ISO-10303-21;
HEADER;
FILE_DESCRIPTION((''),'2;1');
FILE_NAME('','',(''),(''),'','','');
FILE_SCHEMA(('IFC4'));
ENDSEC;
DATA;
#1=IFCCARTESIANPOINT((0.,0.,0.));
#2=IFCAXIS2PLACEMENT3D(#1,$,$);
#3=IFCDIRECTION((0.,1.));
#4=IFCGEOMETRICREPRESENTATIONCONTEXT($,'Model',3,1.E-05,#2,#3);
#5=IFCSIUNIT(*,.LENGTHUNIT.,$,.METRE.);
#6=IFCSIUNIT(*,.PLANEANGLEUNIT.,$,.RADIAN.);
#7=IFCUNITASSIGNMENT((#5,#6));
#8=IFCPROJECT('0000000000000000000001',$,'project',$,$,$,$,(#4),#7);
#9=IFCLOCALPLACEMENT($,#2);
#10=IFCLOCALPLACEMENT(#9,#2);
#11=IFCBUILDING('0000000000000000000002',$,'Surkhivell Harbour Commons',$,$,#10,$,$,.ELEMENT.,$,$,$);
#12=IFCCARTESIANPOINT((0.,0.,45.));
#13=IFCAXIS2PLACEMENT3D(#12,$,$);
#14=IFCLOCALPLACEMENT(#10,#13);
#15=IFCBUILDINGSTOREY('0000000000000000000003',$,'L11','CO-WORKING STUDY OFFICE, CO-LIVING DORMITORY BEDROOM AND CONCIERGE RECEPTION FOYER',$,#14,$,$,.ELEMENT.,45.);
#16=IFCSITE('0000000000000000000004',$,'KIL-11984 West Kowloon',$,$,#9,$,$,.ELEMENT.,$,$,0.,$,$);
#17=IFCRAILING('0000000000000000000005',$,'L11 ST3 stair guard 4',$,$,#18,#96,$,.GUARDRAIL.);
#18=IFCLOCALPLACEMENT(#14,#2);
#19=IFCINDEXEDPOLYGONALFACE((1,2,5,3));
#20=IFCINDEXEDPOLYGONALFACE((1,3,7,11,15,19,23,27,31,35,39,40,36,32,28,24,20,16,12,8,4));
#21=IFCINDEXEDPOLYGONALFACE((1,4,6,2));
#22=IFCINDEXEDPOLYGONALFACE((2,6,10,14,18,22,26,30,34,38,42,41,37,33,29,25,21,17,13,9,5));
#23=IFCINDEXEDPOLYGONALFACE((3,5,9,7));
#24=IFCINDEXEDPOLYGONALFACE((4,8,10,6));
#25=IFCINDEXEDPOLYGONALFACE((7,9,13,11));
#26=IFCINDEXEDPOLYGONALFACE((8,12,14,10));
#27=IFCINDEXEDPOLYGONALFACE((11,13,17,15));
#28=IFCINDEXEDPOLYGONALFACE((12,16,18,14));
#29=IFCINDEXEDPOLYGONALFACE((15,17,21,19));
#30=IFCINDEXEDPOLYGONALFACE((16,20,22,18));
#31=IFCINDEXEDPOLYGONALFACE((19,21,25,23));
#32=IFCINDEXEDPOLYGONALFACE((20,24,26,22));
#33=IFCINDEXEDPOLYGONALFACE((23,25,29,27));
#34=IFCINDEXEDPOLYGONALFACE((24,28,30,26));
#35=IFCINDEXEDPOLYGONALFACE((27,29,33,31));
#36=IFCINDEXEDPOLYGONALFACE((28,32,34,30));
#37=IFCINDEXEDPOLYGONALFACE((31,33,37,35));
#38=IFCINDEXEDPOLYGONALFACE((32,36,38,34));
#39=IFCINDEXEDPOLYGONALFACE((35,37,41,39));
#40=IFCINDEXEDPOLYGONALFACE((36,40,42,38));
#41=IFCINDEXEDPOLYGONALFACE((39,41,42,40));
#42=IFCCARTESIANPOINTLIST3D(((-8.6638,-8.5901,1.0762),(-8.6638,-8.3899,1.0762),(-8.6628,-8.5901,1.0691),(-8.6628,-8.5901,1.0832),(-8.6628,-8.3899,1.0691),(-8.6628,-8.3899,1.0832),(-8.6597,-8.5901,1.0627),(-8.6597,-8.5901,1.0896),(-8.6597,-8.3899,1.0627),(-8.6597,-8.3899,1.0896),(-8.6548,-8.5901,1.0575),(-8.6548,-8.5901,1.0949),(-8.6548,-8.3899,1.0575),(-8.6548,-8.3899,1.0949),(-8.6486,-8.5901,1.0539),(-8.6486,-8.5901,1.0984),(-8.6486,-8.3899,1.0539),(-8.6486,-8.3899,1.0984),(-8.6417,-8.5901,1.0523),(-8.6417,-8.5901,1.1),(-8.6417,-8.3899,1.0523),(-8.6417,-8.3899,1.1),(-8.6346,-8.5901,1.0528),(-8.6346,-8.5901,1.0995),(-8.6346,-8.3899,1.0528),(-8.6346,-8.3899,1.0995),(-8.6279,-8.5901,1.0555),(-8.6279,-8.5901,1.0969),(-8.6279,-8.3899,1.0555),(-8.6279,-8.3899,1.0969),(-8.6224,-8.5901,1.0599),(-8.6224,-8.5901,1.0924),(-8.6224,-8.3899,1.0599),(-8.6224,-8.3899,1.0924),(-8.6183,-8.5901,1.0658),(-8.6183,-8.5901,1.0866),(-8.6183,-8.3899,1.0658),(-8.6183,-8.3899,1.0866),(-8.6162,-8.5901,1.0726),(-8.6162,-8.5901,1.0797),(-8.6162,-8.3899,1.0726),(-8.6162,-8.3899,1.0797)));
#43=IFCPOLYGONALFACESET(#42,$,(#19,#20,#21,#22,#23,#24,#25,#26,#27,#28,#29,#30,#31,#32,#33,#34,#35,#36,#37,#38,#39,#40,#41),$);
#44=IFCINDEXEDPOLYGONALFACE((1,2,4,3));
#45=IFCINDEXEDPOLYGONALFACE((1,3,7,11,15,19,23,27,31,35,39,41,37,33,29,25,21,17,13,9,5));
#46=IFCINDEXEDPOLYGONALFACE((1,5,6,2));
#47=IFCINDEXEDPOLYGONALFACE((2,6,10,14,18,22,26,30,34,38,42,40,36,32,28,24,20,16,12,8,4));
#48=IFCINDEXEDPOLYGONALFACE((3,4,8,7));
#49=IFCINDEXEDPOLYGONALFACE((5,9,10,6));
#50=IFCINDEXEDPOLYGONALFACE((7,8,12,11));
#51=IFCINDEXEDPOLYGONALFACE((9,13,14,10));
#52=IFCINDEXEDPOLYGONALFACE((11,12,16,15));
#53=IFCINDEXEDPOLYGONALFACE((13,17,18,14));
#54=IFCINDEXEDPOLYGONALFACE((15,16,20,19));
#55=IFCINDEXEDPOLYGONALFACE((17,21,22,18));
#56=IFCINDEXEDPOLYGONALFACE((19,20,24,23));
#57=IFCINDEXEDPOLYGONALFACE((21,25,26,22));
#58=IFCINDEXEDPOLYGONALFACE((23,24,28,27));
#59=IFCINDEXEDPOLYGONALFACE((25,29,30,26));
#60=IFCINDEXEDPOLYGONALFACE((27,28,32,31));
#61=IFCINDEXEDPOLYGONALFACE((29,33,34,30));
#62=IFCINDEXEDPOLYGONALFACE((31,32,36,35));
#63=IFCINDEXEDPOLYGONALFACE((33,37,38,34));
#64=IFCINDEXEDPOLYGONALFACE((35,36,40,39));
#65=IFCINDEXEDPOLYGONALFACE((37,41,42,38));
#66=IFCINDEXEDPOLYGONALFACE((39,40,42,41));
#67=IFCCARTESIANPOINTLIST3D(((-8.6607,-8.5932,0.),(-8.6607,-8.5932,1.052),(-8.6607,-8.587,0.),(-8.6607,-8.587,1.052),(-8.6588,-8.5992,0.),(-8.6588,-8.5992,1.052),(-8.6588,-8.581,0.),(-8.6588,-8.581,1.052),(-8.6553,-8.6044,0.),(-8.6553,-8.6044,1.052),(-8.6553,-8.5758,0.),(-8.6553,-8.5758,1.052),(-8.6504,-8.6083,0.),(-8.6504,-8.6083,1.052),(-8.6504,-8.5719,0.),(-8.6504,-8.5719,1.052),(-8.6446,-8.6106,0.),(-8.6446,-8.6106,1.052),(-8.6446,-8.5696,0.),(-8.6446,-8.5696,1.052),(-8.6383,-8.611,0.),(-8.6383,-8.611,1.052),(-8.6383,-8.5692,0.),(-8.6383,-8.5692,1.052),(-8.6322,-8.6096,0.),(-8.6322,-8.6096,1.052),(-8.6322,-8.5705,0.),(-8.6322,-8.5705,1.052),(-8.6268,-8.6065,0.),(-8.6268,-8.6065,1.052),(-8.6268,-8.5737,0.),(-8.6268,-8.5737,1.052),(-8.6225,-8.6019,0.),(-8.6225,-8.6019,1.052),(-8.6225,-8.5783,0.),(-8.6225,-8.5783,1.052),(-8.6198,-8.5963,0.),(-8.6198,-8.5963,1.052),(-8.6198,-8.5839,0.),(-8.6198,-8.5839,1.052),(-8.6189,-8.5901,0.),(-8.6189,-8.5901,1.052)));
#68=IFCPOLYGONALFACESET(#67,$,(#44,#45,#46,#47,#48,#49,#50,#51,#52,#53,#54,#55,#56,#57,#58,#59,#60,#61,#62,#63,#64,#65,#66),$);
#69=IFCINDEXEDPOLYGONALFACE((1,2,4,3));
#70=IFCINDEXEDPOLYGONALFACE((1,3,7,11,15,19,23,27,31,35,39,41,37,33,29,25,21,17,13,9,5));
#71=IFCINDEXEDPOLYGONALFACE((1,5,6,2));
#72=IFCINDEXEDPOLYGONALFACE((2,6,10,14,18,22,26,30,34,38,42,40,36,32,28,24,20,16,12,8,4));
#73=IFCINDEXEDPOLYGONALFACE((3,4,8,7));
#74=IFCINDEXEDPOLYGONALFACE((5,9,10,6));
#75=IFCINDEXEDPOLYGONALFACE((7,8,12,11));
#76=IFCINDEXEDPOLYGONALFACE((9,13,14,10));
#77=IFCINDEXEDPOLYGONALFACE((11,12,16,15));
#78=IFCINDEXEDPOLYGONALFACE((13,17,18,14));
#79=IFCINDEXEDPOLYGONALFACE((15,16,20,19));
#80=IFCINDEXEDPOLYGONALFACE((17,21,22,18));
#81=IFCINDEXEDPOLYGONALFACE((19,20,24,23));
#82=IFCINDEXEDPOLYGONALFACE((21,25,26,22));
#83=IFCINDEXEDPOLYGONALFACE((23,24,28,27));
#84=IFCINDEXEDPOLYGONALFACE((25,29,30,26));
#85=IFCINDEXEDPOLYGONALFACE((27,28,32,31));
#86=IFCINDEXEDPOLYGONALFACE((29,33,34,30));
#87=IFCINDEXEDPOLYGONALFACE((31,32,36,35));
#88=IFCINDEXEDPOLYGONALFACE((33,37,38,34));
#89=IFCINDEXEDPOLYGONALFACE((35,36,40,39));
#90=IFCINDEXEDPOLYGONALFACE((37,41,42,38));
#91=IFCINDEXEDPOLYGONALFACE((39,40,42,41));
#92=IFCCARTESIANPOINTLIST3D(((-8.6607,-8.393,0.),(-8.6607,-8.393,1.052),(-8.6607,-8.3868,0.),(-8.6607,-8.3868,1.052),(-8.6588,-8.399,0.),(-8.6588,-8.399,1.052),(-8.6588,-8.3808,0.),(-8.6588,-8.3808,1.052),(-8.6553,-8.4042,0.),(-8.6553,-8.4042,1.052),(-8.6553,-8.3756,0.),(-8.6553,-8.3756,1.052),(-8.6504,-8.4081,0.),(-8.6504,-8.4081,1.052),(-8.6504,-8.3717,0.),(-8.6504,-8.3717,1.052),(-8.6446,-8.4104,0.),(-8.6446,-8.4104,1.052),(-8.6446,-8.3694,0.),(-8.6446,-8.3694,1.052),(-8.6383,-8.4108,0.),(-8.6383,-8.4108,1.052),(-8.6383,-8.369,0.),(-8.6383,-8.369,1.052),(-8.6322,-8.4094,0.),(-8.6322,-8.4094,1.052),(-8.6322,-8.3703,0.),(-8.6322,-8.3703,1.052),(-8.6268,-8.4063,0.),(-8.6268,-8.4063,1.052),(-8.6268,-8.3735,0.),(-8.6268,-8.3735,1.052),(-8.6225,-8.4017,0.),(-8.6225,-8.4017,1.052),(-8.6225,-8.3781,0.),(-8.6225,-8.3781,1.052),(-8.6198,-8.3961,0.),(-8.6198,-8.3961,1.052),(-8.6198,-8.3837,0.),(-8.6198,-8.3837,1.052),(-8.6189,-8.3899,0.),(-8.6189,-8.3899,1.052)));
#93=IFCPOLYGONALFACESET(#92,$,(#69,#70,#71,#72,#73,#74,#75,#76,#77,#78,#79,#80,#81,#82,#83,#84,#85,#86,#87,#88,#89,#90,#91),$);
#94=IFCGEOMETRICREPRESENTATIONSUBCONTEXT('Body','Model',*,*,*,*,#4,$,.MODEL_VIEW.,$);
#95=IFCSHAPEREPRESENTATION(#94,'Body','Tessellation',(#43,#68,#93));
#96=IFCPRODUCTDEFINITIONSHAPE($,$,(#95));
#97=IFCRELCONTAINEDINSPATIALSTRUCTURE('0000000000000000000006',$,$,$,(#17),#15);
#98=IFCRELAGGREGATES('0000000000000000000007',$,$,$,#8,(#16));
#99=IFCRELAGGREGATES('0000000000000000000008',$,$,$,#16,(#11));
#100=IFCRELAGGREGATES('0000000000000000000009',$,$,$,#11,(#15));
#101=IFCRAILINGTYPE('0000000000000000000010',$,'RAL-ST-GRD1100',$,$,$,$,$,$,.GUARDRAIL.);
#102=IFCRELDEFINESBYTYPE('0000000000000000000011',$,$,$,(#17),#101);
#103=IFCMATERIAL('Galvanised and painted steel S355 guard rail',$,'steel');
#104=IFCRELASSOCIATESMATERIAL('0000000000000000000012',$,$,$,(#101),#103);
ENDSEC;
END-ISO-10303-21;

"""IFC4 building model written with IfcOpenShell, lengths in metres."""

from ifc_helpers import new_model, si_unit, direction, frame, origin, origin_2d, place, context, subcontext, project, spatial, circle, extrude, material, type_object, element, save


model = new_model("IFC4")

# Units and contexts
model_context = context("Model", 3, precision=1e-05, world=origin(), true_north=direction((0.0, 1.0)))
body_context = subcontext(model_context, "Body", "Model", "MODEL_VIEW")
ifc_project = project(units=[si_unit("LENGTHUNIT", "METRE"), si_unit("PLANEANGLEUNIT", "RADIAN")], contexts=[model_context])

# Site, building, storey
site_placement = place(None, origin())
site = spatial("IfcSite", under=ifc_project, at=site_placement, Name="KIL-11984 West Kowloon", CompositionType="ELEMENT", RefElevation=0.0)
building_placement = place(site_placement, origin())
building = spatial("IfcBuilding", under=site, at=building_placement, Name="Surkhivell Harbour Commons", CompositionType="ELEMENT")
storey_placement = place(building_placement, frame((0.0, 0.0, 45.0)))
storey = spatial("IfcBuildingStorey", under=building, at=storey_placement, Name="L11", Description="CO-WORKING STUDY OFFICE, CO-LIVING DORMITORY BEDROOM AND CONCIERGE RECEPTION FOYER", CompositionType="ELEMENT", Elevation=45.0)

# Railing
ifc_material_1 = material(Name="Galvanised and painted steel S355 guard rail", Category="steel")
railing_type_1 = type_object("IfcRailingType", Name="RAL-ST-GRD1100", PredefinedType="GUARDRAIL", material=ifc_material_1)
railing_1_placement = place(storey_placement, frame((-8.6399, -8.5901, 0.0)))
element("IfcRailing", 1, at=railing_1_placement, inside=storey, type_object=railing_type_1, Name="L11 ST3 stair guard 4", PredefinedType="GUARDRAIL", context=body_context, shape_type="SweptSolid", body=[
    extrude(circle(Radius=0.0239, at=origin_2d()), frame((0.0, 0.0, 1.0762), z_axis=(0.0, 1.0, 0.0), x_axis=(-1.0, 0.0, 0.0)), (0.0, 0.0, 1.0), 0.2002),
    extrude(circle(Radius=0.021, at=origin_2d()), origin(), (0.0, 0.0, 1.0), 1.052),
    extrude(circle(Radius=0.021, at=origin_2d()), frame((0.0, 0.2002, 0.0)), (0.0, 0.0, 1.0), 1.052),
])

save(model, "model.ifc")
